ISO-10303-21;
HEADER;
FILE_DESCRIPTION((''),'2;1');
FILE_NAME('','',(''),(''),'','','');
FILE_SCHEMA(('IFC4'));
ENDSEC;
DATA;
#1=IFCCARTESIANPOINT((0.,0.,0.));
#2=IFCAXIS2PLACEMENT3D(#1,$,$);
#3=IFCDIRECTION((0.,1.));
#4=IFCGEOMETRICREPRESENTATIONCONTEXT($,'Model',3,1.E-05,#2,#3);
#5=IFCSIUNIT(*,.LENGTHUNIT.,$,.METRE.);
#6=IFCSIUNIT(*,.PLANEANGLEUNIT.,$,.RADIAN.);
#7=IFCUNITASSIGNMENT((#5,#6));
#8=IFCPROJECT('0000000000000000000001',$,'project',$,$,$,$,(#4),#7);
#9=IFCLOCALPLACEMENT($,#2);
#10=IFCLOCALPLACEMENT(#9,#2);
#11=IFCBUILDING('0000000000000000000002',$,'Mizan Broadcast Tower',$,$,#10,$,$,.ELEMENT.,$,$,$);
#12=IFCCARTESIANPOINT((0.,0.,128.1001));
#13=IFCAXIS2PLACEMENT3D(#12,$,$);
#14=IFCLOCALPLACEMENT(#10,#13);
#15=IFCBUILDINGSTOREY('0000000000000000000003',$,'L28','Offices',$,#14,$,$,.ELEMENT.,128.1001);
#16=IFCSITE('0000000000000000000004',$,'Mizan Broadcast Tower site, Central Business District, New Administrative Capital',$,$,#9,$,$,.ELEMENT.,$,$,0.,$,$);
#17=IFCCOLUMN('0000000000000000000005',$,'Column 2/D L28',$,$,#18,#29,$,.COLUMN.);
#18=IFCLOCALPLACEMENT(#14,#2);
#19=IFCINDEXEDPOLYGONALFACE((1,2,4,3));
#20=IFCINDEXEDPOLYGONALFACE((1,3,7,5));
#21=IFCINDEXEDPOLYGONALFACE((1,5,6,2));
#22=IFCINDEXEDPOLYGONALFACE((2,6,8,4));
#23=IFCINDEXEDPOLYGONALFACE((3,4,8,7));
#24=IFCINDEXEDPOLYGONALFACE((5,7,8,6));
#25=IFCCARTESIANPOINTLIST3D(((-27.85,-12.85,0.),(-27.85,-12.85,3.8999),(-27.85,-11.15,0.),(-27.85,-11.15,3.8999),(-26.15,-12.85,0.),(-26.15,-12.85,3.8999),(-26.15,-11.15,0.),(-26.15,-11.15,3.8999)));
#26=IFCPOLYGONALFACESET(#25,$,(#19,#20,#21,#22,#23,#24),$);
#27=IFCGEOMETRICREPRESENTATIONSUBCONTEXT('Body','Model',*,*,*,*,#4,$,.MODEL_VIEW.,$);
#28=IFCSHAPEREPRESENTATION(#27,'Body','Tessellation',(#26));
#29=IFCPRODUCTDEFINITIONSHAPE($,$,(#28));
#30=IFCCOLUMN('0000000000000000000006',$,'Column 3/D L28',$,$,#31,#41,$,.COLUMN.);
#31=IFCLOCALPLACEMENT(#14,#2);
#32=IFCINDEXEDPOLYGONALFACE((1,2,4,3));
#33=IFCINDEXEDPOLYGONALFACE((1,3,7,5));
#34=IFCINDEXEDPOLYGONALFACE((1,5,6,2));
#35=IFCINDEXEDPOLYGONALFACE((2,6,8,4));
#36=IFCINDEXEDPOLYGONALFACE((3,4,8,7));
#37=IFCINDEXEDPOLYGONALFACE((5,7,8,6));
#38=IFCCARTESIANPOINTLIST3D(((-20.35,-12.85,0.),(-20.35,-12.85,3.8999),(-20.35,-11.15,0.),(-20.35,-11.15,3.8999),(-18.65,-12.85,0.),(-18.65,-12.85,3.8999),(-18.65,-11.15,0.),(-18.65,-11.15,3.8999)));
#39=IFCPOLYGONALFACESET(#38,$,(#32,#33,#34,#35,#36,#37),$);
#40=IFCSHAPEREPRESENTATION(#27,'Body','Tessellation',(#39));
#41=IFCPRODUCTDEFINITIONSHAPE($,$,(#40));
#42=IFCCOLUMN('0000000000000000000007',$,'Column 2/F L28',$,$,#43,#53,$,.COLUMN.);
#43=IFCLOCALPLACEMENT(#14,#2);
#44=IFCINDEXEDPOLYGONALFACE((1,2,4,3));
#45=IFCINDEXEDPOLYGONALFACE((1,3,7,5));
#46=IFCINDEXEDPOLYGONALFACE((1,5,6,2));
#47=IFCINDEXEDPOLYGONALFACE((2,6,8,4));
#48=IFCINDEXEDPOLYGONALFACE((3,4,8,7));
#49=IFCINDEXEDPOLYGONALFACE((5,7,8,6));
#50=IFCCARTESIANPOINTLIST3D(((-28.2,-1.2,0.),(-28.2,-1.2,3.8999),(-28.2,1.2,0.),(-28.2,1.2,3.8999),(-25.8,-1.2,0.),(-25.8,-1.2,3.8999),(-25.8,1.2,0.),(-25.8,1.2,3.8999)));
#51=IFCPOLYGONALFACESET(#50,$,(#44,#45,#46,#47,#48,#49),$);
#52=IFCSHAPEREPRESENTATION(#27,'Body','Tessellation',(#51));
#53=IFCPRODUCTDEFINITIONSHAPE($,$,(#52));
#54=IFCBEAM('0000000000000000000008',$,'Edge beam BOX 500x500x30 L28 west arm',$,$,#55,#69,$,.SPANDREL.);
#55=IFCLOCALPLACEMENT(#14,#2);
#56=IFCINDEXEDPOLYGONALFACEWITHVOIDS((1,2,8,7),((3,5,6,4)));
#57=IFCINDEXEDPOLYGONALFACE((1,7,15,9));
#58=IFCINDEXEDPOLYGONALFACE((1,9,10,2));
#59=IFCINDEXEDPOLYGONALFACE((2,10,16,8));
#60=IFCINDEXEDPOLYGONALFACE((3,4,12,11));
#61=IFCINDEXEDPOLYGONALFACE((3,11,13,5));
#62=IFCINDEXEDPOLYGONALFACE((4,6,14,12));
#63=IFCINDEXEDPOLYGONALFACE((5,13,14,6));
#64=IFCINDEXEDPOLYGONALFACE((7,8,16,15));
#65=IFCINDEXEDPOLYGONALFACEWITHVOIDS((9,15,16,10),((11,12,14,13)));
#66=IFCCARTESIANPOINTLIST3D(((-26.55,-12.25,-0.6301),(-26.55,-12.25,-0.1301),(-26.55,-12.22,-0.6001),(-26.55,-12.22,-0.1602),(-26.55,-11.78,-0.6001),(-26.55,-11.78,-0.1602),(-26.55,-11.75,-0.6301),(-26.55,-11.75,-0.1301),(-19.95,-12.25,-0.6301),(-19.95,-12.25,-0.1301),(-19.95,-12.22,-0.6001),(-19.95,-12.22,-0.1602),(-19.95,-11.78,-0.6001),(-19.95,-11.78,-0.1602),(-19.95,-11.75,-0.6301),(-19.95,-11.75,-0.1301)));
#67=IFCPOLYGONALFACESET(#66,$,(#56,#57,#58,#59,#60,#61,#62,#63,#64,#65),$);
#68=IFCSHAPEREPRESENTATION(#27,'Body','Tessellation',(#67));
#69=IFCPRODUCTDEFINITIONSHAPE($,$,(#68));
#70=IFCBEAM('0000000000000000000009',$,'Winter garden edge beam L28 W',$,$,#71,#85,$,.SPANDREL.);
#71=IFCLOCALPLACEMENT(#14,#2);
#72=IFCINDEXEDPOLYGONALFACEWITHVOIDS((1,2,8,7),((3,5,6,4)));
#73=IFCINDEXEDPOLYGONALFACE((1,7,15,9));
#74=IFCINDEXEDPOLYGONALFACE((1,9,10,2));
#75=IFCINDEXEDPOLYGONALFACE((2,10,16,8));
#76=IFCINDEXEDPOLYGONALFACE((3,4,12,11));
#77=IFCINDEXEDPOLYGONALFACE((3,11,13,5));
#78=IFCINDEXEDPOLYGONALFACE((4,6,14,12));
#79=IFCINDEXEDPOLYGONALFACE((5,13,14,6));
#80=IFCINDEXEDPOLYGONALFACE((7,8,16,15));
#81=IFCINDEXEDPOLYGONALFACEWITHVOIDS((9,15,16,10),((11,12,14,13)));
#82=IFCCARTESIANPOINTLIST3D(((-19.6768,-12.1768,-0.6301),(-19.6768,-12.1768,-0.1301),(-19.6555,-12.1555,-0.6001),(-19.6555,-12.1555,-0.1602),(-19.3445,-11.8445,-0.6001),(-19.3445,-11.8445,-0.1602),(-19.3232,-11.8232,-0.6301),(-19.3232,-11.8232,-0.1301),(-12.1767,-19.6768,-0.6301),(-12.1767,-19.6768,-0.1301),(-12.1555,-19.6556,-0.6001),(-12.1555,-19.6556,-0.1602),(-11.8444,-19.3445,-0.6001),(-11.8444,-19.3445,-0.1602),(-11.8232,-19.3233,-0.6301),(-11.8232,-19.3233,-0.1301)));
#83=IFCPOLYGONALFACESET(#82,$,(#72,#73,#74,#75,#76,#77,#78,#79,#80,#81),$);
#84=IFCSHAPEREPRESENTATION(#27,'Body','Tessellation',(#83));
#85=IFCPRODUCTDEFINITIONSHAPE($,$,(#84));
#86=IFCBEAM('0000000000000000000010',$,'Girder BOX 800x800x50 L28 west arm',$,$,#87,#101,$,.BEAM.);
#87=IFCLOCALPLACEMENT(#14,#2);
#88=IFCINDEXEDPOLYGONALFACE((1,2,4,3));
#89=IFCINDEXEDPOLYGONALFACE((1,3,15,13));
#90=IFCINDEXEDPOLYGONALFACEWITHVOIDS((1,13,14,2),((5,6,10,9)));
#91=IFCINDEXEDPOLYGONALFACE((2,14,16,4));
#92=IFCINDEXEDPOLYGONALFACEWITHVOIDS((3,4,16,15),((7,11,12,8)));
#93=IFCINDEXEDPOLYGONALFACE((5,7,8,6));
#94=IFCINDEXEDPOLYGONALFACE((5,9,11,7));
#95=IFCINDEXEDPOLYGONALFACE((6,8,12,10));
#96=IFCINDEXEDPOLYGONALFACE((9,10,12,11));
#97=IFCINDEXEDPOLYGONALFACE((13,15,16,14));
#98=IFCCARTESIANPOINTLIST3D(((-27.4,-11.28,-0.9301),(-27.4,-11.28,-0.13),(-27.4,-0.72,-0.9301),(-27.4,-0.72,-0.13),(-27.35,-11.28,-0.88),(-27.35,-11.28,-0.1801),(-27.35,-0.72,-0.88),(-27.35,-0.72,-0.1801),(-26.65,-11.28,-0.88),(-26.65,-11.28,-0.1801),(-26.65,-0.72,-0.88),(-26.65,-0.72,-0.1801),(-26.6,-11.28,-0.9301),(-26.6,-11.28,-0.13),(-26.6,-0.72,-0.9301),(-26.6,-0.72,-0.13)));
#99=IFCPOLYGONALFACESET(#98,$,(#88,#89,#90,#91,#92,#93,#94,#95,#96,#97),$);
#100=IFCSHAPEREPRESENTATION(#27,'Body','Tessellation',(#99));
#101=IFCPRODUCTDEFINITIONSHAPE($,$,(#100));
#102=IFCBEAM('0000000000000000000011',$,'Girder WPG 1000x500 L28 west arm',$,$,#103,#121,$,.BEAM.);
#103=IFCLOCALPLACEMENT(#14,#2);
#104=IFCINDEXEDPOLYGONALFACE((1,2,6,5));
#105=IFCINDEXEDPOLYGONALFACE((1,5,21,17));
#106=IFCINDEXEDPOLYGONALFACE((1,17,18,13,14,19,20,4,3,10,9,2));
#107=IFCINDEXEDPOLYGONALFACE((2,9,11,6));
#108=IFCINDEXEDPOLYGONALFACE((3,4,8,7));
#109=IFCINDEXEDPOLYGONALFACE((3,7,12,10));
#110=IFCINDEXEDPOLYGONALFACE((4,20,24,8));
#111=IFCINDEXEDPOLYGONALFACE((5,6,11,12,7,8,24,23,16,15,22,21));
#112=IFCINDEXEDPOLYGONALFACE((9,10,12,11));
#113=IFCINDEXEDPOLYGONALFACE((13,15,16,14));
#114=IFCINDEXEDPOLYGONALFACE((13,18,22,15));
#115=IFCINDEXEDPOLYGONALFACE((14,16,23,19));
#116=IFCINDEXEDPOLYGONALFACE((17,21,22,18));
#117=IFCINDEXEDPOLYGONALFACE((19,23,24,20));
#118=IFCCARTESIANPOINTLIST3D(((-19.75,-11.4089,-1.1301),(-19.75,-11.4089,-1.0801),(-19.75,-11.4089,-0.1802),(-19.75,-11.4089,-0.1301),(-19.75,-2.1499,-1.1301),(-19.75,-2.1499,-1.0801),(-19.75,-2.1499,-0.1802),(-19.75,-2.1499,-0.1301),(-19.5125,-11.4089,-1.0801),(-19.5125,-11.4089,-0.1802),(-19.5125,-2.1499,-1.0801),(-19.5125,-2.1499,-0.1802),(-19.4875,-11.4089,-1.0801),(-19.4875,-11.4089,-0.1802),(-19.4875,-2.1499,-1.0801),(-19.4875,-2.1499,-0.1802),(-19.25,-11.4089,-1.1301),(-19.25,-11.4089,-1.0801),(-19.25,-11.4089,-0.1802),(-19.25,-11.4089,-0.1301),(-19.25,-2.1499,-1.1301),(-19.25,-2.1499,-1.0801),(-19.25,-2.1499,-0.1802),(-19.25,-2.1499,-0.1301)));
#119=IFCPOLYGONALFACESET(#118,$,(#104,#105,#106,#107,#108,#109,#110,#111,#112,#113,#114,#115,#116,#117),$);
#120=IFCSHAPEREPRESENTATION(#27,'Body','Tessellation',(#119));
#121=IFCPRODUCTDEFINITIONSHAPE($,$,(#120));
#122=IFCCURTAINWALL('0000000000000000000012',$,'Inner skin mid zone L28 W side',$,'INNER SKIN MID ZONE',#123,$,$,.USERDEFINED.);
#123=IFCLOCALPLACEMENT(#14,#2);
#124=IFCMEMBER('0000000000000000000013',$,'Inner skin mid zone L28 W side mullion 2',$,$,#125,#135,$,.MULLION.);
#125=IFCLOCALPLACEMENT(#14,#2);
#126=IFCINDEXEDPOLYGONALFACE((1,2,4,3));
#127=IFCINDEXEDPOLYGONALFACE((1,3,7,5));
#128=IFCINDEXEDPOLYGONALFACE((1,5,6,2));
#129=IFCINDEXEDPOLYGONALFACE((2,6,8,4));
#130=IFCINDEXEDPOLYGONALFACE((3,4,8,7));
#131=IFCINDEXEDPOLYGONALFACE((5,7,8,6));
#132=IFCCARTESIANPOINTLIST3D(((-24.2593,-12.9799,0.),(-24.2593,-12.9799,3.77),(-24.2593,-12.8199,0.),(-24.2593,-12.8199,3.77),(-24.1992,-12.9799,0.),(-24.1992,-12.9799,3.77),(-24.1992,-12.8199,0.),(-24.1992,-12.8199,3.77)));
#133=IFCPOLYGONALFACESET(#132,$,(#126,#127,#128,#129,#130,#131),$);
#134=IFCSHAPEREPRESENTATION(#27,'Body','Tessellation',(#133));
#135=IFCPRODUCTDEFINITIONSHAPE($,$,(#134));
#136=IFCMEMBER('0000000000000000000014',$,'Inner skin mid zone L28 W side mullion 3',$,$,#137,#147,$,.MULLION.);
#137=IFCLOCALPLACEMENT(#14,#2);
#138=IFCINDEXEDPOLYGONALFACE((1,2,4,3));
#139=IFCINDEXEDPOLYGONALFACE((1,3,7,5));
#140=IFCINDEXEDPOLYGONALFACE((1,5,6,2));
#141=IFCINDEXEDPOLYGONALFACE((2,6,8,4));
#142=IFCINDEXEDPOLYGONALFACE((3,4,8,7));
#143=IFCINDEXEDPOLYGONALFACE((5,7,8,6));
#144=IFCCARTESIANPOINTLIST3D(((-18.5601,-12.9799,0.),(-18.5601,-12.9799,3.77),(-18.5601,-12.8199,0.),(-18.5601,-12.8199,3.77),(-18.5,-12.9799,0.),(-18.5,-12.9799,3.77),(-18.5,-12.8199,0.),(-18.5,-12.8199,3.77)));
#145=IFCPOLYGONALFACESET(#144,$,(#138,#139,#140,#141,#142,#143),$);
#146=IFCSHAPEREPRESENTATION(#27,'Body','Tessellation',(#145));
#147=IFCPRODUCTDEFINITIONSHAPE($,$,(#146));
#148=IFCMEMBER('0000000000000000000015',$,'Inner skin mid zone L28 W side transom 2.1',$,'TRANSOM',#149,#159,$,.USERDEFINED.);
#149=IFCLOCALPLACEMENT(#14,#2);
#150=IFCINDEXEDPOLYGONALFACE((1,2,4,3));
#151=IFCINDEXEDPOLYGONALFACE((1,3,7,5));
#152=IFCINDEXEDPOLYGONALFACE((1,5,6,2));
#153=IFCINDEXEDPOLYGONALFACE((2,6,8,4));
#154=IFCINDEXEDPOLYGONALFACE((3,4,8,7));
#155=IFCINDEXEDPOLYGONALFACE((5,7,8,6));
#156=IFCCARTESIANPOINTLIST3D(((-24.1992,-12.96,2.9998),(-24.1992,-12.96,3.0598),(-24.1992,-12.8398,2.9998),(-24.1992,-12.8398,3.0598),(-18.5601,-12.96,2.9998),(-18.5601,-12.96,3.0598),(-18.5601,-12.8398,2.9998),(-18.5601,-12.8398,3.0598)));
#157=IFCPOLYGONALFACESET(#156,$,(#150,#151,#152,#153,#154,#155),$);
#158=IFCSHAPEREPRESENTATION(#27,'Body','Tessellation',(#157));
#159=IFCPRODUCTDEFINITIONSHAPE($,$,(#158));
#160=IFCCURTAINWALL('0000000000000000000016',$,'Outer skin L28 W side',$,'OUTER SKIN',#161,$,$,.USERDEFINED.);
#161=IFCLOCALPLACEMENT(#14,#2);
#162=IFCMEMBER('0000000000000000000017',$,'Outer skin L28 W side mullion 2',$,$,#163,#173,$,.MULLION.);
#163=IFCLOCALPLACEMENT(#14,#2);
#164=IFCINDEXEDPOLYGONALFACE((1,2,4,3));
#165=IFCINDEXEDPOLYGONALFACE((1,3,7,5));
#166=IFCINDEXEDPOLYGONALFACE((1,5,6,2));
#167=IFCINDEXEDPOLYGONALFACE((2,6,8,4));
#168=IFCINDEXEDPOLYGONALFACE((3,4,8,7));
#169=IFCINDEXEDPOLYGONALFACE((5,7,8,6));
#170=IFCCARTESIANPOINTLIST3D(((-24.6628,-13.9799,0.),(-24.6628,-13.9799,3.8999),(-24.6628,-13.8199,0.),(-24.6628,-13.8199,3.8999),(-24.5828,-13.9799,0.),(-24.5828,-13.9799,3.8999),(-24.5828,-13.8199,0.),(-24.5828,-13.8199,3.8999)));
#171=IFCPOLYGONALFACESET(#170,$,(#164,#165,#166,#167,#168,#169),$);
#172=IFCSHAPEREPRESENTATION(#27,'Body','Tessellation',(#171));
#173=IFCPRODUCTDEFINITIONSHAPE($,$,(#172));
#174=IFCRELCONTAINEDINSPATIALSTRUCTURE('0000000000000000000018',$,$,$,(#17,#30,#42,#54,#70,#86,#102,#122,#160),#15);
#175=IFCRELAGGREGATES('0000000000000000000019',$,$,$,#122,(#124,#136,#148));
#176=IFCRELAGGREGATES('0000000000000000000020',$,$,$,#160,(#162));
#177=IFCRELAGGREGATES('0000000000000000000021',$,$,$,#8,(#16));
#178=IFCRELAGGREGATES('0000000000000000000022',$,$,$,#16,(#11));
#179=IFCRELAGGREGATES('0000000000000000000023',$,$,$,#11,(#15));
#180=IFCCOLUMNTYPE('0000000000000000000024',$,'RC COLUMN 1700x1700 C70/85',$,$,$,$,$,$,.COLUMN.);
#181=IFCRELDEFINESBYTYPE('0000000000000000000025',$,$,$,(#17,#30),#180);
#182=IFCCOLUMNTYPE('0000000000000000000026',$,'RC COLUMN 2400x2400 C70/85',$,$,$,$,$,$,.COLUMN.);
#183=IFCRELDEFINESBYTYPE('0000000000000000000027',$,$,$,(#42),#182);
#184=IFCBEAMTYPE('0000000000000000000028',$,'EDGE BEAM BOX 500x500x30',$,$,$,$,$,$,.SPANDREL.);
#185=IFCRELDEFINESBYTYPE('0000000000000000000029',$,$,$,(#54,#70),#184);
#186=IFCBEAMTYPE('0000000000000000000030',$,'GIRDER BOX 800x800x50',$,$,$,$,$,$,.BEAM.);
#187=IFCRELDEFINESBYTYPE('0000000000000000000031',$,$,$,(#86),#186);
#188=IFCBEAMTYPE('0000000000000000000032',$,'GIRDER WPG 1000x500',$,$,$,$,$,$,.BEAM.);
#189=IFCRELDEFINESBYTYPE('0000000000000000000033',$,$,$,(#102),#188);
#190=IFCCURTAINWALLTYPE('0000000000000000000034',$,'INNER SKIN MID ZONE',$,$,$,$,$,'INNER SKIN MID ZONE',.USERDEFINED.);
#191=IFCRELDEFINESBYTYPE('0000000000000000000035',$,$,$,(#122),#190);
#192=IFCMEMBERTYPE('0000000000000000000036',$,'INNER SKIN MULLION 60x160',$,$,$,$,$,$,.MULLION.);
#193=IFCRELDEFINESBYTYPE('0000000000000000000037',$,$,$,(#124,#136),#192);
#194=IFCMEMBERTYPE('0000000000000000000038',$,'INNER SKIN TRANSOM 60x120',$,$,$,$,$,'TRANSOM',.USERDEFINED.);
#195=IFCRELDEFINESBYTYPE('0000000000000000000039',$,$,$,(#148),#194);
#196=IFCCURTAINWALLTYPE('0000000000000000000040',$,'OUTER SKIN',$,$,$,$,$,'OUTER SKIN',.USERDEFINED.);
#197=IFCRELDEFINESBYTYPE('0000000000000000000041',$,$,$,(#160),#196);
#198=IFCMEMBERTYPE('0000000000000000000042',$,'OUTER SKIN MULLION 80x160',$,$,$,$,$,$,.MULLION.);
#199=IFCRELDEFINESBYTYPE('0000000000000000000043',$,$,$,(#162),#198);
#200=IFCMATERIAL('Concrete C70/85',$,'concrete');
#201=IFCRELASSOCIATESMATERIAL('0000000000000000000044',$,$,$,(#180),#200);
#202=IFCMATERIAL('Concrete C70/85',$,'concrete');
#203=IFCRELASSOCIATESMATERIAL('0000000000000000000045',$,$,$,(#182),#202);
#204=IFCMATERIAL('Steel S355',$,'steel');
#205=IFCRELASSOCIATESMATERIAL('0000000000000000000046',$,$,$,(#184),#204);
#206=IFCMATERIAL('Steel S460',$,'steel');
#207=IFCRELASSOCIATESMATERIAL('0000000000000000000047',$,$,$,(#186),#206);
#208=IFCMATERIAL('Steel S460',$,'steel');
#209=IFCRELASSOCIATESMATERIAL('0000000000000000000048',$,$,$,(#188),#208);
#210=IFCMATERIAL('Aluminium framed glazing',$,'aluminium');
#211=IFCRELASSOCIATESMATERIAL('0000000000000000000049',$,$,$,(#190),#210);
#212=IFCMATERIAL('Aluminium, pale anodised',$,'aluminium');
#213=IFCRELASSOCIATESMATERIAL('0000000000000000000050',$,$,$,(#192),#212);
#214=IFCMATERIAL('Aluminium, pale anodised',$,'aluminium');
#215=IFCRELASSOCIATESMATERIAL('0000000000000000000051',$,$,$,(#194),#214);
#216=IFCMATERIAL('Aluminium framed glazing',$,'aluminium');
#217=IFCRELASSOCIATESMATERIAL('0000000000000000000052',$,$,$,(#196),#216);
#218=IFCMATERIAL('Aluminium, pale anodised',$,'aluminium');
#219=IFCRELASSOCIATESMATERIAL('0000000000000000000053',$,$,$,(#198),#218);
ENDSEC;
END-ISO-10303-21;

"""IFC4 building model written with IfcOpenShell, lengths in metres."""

from ifc_helpers import new_model, si_unit, direction, frame, origin, origin_2d, place, context, subcontext, project, spatial, rectangle, hollow_rectangle, i_section, extrude, material, material_profile, profile_set, type_object, element, aggregate, save


model = new_model("IFC4")

# Units and contexts
model_context = context("Model", 3, precision=1e-05, world=origin(), true_north=direction((0.0, 1.0)))
body_context = subcontext(model_context, "Body", "Model", "MODEL_VIEW")
ifc_project = project(units=[si_unit("LENGTHUNIT", "METRE"), si_unit("PLANEANGLEUNIT", "RADIAN")], contexts=[model_context])

# Site, building, storey
site_placement = place(None, origin())
site = spatial("IfcSite", under=ifc_project, at=site_placement, Name="Mizan Broadcast Tower site, Central Business District, New Administrative Capital", CompositionType="ELEMENT", RefElevation=0.0)
building_placement = place(site_placement, origin())
building = spatial("IfcBuilding", under=site, at=building_placement, Name="Mizan Broadcast Tower", CompositionType="ELEMENT")
storey_placement = place(building_placement, frame((0.0, 0.0, 128.1001)))
storey = spatial("IfcBuildingStorey", under=building, at=storey_placement, Name="L28", Description="Offices", CompositionType="ELEMENT", Elevation=128.1001)

# Columns
ifc_material_1 = material(Name="Concrete C70/85", Category="concrete")
ifc_material_profile_1 = material_profile(ifc_material_1, rectangle(XDim=1.7, YDim=1.7, at=origin_2d()), Name="RC 1700x1700")
ifc_profile_set_1 = profile_set([ifc_material_profile_1], Name="Concrete C70/85")
column_type_1 = type_object("IfcColumnType", Name="RC COLUMN 1700x1700 C70/85", PredefinedType="COLUMN", material=ifc_profile_set_1)
for number, where, z_axis, x_axis, name in (
    (1, (-27.0, -12.0, 0.0), (0.0, 0.0, 1.0), (1.0, 0.0, 0.0), "Column 2/D L28"),
    (2, (-19.5, -12.0, 0.0), (0.0, 0.0, 1.0), (1.0, 0.0, 0.0), "Column 3/D L28"),
):
    element("IfcColumn", number, at=place(storey_placement, frame(where, z_axis=z_axis, x_axis=x_axis)), inside=storey, type_object=column_type_1, Name=name, PredefinedType="COLUMN", context=body_context, shape_type="SweptSolid", body=[
        extrude(rectangle(XDim=1.7, YDim=1.7, at=origin_2d()), origin(), (0.0, 0.0, 1.0), 3.8999),
    ])
ifc_material_2 = material(Name="Concrete C70/85", Category="concrete")
ifc_material_profile_2 = material_profile(ifc_material_2, rectangle(XDim=2.3999, YDim=2.3999, at=origin_2d()), Name="RC 2400x2400")
ifc_profile_set_2 = profile_set([ifc_material_profile_2], Name="Concrete C70/85")
column_type_2 = type_object("IfcColumnType", Name="RC COLUMN 2400x2400 C70/85", PredefinedType="COLUMN", material=ifc_profile_set_2)
column_placement = place(storey_placement, frame((-27.0, 0.0, 0.0), z_axis=(0.0, 0.0, 1.0), x_axis=(1.0, 0.0, 0.0)))
element("IfcColumn", 3, at=column_placement, inside=storey, type_object=column_type_2, Name="Column 2/F L28", PredefinedType="COLUMN", context=body_context, shape_type="SweptSolid", body=[
    extrude(rectangle(XDim=2.3999, YDim=2.3999, at=origin_2d()), origin(), (0.0, 0.0, 1.0), 3.8999),
])

# Beams
ifc_material_3 = material(Name="Steel S355", Category="steel")
ifc_material_profile_3 = material_profile(ifc_material_3, hollow_rectangle(XDim=0.5, YDim=0.5, WallThickness=0.03, at=origin_2d()), Name="BOX 500x500x30")
ifc_profile_set_3 = profile_set([ifc_material_profile_3], Name="Steel S355")
beam_type_1 = type_object("IfcBeamType", Name="EDGE BEAM BOX 500x500x30", PredefinedType="SPANDREL", material=ifc_profile_set_3)
beam_1_placement = place(storey_placement, frame((-19.95, -12.0, -0.3801), z_axis=(-1.0, 0.0, 0.0), x_axis=(0.0, -1.0, 0.0)))
element("IfcBeam", 4, at=beam_1_placement, inside=storey, type_object=beam_type_1, Name="Edge beam BOX 500x500x30 L28 west arm", PredefinedType="SPANDREL", context=body_context, shape_type="SweptSolid", body=[
    extrude(hollow_rectangle(XDim=0.5, YDim=0.5, WallThickness=0.03, at=origin_2d()), origin(), (0.0, 0.0, 1.0), 6.6001),
])
beam_2_placement = place(storey_placement, frame((-19.5, -12.0, -0.3801), z_axis=(0.707107, -0.707107, 0.0), x_axis=(0.707107, 0.707107, 0.0)))
element("IfcBeam", 5, at=beam_2_placement, inside=storey, type_object=beam_type_1, Name="Winter garden edge beam L28 W", PredefinedType="SPANDREL", context=body_context, shape_type="SweptSolid", body=[
    extrude(hollow_rectangle(XDim=0.5, YDim=0.5, WallThickness=0.03, at=origin_2d()), origin(), (0.0, 0.0, 1.0), 10.6067),
])
ifc_material_4 = material(Name="Steel S460", Category="steel")
ifc_material_profile_4 = material_profile(ifc_material_4, hollow_rectangle(XDim=0.8, YDim=0.8, WallThickness=0.05, at=origin_2d()), Name="BOX 800x800x50")
ifc_profile_set_4 = profile_set([ifc_material_profile_4], Name="Steel S460")
beam_type_2 = type_object("IfcBeamType", Name="GIRDER BOX 800x800x50", PredefinedType="BEAM", material=ifc_profile_set_4)
beam_3_placement = place(storey_placement, frame((-27.0, -11.28, -0.53), z_axis=(0.0, 1.0, 0.0), x_axis=(-1.0, 0.0, 0.0)))
element("IfcBeam", 6, at=beam_3_placement, inside=storey, type_object=beam_type_2, Name="Girder BOX 800x800x50 L28 west arm", PredefinedType="BEAM", context=body_context, shape_type="SweptSolid", body=[
    extrude(hollow_rectangle(XDim=0.8, YDim=0.8, WallThickness=0.05, at=origin_2d()), origin(), (0.0, 0.0, 1.0), 10.5601),
])
ifc_material_5 = material(Name="Steel S460", Category="steel")
ifc_material_profile_5 = material_profile(ifc_material_5, i_section(OverallWidth=0.5, OverallDepth=1.0, WebThickness=0.0249, FlangeThickness=0.05, at=origin_2d()), Name="WPG 1000x500")
ifc_profile_set_5 = profile_set([ifc_material_profile_5], Name="Steel S460")
beam_type_3 = type_object("IfcBeamType", Name="GIRDER WPG 1000x500", PredefinedType="BEAM", material=ifc_profile_set_5)
beam_4_placement = place(storey_placement, frame((-19.5, -11.4089, -0.6301), z_axis=(0.0, 1.0, 0.0), x_axis=(-1.0, 0.0, 0.0)))
element("IfcBeam", 7, at=beam_4_placement, inside=storey, type_object=beam_type_3, Name="Girder WPG 1000x500 L28 west arm", PredefinedType="BEAM", context=body_context, shape_type="SweptSolid", body=[
    extrude(i_section(OverallWidth=0.5, OverallDepth=1.0, WebThickness=0.0249, FlangeThickness=0.05, at=origin_2d()), origin(), (0.0, 0.0, 1.0), 9.259),
])

# Curtain walls, members
ifc_material_6 = material(Name="Aluminium framed glazing", Category="aluminium")
curtain_wall_type_1 = type_object("IfcCurtainWallType", Name="INNER SKIN MID ZONE", ElementType="INNER SKIN MID ZONE", PredefinedType="USERDEFINED", material=ifc_material_6)
curtain_wall_1_placement = place(storey_placement, origin())
curtain_wall_1 = element("IfcCurtainWall", 8, at=curtain_wall_1_placement, inside=storey, type_object=curtain_wall_type_1, Name="Inner skin mid zone L28 W side", ObjectType="INNER SKIN MID ZONE", PredefinedType="USERDEFINED")
ifc_material_7 = material(Name="Aluminium, pale anodised", Category="aluminium")
ifc_material_profile_6 = material_profile(ifc_material_7, rectangle(XDim=0.1599, YDim=0.0601, at=origin_2d()), Name="MULLION 160x60")
ifc_profile_set_6 = profile_set([ifc_material_profile_6], Name="Aluminium, pale anodised")
member_type_1 = type_object("IfcMemberType", Name="INNER SKIN MULLION 60x160", PredefinedType="MULLION", material=ifc_profile_set_6)
member_1_placement = place(storey_placement, frame((-24.2292, -12.8999, 0.0), z_axis=(0.0, 0.0, 1.0), x_axis=(0.0, 1.0, 0.0)))
member_1 = element("IfcMember", 9, at=member_1_placement, type_object=member_type_1, Name="Inner skin mid zone L28 W side mullion 2", PredefinedType="MULLION", context=body_context, shape_type="SweptSolid", body=[
    extrude(rectangle(XDim=0.1599, YDim=0.0601, at=origin_2d()), origin(), (0.0, 0.0, 1.0), 3.77),
])
member_2_placement = place(storey_placement, frame((-18.53, -12.8999, 0.0), z_axis=(0.0, 0.0, 1.0), x_axis=(0.0, 1.0, 0.0)))
member_2 = element("IfcMember", 10, at=member_2_placement, type_object=member_type_1, Name="Inner skin mid zone L28 W side mullion 3", PredefinedType="MULLION", context=body_context, shape_type="SweptSolid", body=[
    extrude(rectangle(XDim=0.1599, YDim=0.0601, at=origin_2d()), origin(), (0.0, 0.0, 1.0), 3.77),
])
ifc_material_8 = material(Name="Aluminium, pale anodised", Category="aluminium")
ifc_material_profile_7 = material_profile(ifc_material_8, rectangle(XDim=0.1201, YDim=0.0601, at=origin_2d()), Name="TRANSOM 120x60")
ifc_profile_set_7 = profile_set([ifc_material_profile_7], Name="Aluminium, pale anodised")
member_type_2 = type_object("IfcMemberType", Name="INNER SKIN TRANSOM 60x120", ElementType="TRANSOM", PredefinedType="USERDEFINED", material=ifc_profile_set_7)
member_3_placement = place(storey_placement, frame((-24.1992, -12.8999, 3.0298), z_axis=(1.0, 0.0, 0.0), x_axis=(0.0, 1.0, 0.0)))
member_3 = element("IfcMember", 11, at=member_3_placement, type_object=member_type_2, Name="Inner skin mid zone L28 W side transom 2.1", ObjectType="TRANSOM", PredefinedType="USERDEFINED", context=body_context, shape_type="SweptSolid", body=[
    extrude(rectangle(XDim=0.1201, YDim=0.0601, at=origin_2d()), origin(), (0.0, 0.0, 1.0), 5.6392),
])
ifc_material_9 = material(Name="Aluminium framed glazing", Category="aluminium")
curtain_wall_type_2 = type_object("IfcCurtainWallType", Name="OUTER SKIN", ElementType="OUTER SKIN", PredefinedType="USERDEFINED", material=ifc_material_9)
curtain_wall_2_placement = place(storey_placement, origin())
curtain_wall_2 = element("IfcCurtainWall", 12, at=curtain_wall_2_placement, inside=storey, type_object=curtain_wall_type_2, Name="Outer skin L28 W side", ObjectType="OUTER SKIN", PredefinedType="USERDEFINED")
ifc_material_10 = material(Name="Aluminium, pale anodised", Category="aluminium")
ifc_material_profile_8 = material_profile(ifc_material_10, rectangle(XDim=0.1599, YDim=0.0801, at=origin_2d()), Name="MULLION 160x80")
ifc_profile_set_8 = profile_set([ifc_material_profile_8], Name="Aluminium, pale anodised")
member_type_3 = type_object("IfcMemberType", Name="OUTER SKIN MULLION 80x160", PredefinedType="MULLION", material=ifc_profile_set_8)
member_4_placement = place(storey_placement, frame((-24.6228, -13.8999, 0.0), z_axis=(0.0, 0.0, 1.0), x_axis=(0.0, 1.0, 0.0)))
member_4 = element("IfcMember", 13, at=member_4_placement, type_object=member_type_3, Name="Outer skin L28 W side mullion 2", PredefinedType="MULLION", context=body_context, shape_type="SweptSolid", body=[
    extrude(rectangle(XDim=0.1599, YDim=0.0801, at=origin_2d()), origin(), (0.0, 0.0, 1.0), 3.8999),
])

aggregate(curtain_wall_1, [member_1, member_2, member_3])
aggregate(curtain_wall_2, [member_4])

save(model, "model.ifc")
